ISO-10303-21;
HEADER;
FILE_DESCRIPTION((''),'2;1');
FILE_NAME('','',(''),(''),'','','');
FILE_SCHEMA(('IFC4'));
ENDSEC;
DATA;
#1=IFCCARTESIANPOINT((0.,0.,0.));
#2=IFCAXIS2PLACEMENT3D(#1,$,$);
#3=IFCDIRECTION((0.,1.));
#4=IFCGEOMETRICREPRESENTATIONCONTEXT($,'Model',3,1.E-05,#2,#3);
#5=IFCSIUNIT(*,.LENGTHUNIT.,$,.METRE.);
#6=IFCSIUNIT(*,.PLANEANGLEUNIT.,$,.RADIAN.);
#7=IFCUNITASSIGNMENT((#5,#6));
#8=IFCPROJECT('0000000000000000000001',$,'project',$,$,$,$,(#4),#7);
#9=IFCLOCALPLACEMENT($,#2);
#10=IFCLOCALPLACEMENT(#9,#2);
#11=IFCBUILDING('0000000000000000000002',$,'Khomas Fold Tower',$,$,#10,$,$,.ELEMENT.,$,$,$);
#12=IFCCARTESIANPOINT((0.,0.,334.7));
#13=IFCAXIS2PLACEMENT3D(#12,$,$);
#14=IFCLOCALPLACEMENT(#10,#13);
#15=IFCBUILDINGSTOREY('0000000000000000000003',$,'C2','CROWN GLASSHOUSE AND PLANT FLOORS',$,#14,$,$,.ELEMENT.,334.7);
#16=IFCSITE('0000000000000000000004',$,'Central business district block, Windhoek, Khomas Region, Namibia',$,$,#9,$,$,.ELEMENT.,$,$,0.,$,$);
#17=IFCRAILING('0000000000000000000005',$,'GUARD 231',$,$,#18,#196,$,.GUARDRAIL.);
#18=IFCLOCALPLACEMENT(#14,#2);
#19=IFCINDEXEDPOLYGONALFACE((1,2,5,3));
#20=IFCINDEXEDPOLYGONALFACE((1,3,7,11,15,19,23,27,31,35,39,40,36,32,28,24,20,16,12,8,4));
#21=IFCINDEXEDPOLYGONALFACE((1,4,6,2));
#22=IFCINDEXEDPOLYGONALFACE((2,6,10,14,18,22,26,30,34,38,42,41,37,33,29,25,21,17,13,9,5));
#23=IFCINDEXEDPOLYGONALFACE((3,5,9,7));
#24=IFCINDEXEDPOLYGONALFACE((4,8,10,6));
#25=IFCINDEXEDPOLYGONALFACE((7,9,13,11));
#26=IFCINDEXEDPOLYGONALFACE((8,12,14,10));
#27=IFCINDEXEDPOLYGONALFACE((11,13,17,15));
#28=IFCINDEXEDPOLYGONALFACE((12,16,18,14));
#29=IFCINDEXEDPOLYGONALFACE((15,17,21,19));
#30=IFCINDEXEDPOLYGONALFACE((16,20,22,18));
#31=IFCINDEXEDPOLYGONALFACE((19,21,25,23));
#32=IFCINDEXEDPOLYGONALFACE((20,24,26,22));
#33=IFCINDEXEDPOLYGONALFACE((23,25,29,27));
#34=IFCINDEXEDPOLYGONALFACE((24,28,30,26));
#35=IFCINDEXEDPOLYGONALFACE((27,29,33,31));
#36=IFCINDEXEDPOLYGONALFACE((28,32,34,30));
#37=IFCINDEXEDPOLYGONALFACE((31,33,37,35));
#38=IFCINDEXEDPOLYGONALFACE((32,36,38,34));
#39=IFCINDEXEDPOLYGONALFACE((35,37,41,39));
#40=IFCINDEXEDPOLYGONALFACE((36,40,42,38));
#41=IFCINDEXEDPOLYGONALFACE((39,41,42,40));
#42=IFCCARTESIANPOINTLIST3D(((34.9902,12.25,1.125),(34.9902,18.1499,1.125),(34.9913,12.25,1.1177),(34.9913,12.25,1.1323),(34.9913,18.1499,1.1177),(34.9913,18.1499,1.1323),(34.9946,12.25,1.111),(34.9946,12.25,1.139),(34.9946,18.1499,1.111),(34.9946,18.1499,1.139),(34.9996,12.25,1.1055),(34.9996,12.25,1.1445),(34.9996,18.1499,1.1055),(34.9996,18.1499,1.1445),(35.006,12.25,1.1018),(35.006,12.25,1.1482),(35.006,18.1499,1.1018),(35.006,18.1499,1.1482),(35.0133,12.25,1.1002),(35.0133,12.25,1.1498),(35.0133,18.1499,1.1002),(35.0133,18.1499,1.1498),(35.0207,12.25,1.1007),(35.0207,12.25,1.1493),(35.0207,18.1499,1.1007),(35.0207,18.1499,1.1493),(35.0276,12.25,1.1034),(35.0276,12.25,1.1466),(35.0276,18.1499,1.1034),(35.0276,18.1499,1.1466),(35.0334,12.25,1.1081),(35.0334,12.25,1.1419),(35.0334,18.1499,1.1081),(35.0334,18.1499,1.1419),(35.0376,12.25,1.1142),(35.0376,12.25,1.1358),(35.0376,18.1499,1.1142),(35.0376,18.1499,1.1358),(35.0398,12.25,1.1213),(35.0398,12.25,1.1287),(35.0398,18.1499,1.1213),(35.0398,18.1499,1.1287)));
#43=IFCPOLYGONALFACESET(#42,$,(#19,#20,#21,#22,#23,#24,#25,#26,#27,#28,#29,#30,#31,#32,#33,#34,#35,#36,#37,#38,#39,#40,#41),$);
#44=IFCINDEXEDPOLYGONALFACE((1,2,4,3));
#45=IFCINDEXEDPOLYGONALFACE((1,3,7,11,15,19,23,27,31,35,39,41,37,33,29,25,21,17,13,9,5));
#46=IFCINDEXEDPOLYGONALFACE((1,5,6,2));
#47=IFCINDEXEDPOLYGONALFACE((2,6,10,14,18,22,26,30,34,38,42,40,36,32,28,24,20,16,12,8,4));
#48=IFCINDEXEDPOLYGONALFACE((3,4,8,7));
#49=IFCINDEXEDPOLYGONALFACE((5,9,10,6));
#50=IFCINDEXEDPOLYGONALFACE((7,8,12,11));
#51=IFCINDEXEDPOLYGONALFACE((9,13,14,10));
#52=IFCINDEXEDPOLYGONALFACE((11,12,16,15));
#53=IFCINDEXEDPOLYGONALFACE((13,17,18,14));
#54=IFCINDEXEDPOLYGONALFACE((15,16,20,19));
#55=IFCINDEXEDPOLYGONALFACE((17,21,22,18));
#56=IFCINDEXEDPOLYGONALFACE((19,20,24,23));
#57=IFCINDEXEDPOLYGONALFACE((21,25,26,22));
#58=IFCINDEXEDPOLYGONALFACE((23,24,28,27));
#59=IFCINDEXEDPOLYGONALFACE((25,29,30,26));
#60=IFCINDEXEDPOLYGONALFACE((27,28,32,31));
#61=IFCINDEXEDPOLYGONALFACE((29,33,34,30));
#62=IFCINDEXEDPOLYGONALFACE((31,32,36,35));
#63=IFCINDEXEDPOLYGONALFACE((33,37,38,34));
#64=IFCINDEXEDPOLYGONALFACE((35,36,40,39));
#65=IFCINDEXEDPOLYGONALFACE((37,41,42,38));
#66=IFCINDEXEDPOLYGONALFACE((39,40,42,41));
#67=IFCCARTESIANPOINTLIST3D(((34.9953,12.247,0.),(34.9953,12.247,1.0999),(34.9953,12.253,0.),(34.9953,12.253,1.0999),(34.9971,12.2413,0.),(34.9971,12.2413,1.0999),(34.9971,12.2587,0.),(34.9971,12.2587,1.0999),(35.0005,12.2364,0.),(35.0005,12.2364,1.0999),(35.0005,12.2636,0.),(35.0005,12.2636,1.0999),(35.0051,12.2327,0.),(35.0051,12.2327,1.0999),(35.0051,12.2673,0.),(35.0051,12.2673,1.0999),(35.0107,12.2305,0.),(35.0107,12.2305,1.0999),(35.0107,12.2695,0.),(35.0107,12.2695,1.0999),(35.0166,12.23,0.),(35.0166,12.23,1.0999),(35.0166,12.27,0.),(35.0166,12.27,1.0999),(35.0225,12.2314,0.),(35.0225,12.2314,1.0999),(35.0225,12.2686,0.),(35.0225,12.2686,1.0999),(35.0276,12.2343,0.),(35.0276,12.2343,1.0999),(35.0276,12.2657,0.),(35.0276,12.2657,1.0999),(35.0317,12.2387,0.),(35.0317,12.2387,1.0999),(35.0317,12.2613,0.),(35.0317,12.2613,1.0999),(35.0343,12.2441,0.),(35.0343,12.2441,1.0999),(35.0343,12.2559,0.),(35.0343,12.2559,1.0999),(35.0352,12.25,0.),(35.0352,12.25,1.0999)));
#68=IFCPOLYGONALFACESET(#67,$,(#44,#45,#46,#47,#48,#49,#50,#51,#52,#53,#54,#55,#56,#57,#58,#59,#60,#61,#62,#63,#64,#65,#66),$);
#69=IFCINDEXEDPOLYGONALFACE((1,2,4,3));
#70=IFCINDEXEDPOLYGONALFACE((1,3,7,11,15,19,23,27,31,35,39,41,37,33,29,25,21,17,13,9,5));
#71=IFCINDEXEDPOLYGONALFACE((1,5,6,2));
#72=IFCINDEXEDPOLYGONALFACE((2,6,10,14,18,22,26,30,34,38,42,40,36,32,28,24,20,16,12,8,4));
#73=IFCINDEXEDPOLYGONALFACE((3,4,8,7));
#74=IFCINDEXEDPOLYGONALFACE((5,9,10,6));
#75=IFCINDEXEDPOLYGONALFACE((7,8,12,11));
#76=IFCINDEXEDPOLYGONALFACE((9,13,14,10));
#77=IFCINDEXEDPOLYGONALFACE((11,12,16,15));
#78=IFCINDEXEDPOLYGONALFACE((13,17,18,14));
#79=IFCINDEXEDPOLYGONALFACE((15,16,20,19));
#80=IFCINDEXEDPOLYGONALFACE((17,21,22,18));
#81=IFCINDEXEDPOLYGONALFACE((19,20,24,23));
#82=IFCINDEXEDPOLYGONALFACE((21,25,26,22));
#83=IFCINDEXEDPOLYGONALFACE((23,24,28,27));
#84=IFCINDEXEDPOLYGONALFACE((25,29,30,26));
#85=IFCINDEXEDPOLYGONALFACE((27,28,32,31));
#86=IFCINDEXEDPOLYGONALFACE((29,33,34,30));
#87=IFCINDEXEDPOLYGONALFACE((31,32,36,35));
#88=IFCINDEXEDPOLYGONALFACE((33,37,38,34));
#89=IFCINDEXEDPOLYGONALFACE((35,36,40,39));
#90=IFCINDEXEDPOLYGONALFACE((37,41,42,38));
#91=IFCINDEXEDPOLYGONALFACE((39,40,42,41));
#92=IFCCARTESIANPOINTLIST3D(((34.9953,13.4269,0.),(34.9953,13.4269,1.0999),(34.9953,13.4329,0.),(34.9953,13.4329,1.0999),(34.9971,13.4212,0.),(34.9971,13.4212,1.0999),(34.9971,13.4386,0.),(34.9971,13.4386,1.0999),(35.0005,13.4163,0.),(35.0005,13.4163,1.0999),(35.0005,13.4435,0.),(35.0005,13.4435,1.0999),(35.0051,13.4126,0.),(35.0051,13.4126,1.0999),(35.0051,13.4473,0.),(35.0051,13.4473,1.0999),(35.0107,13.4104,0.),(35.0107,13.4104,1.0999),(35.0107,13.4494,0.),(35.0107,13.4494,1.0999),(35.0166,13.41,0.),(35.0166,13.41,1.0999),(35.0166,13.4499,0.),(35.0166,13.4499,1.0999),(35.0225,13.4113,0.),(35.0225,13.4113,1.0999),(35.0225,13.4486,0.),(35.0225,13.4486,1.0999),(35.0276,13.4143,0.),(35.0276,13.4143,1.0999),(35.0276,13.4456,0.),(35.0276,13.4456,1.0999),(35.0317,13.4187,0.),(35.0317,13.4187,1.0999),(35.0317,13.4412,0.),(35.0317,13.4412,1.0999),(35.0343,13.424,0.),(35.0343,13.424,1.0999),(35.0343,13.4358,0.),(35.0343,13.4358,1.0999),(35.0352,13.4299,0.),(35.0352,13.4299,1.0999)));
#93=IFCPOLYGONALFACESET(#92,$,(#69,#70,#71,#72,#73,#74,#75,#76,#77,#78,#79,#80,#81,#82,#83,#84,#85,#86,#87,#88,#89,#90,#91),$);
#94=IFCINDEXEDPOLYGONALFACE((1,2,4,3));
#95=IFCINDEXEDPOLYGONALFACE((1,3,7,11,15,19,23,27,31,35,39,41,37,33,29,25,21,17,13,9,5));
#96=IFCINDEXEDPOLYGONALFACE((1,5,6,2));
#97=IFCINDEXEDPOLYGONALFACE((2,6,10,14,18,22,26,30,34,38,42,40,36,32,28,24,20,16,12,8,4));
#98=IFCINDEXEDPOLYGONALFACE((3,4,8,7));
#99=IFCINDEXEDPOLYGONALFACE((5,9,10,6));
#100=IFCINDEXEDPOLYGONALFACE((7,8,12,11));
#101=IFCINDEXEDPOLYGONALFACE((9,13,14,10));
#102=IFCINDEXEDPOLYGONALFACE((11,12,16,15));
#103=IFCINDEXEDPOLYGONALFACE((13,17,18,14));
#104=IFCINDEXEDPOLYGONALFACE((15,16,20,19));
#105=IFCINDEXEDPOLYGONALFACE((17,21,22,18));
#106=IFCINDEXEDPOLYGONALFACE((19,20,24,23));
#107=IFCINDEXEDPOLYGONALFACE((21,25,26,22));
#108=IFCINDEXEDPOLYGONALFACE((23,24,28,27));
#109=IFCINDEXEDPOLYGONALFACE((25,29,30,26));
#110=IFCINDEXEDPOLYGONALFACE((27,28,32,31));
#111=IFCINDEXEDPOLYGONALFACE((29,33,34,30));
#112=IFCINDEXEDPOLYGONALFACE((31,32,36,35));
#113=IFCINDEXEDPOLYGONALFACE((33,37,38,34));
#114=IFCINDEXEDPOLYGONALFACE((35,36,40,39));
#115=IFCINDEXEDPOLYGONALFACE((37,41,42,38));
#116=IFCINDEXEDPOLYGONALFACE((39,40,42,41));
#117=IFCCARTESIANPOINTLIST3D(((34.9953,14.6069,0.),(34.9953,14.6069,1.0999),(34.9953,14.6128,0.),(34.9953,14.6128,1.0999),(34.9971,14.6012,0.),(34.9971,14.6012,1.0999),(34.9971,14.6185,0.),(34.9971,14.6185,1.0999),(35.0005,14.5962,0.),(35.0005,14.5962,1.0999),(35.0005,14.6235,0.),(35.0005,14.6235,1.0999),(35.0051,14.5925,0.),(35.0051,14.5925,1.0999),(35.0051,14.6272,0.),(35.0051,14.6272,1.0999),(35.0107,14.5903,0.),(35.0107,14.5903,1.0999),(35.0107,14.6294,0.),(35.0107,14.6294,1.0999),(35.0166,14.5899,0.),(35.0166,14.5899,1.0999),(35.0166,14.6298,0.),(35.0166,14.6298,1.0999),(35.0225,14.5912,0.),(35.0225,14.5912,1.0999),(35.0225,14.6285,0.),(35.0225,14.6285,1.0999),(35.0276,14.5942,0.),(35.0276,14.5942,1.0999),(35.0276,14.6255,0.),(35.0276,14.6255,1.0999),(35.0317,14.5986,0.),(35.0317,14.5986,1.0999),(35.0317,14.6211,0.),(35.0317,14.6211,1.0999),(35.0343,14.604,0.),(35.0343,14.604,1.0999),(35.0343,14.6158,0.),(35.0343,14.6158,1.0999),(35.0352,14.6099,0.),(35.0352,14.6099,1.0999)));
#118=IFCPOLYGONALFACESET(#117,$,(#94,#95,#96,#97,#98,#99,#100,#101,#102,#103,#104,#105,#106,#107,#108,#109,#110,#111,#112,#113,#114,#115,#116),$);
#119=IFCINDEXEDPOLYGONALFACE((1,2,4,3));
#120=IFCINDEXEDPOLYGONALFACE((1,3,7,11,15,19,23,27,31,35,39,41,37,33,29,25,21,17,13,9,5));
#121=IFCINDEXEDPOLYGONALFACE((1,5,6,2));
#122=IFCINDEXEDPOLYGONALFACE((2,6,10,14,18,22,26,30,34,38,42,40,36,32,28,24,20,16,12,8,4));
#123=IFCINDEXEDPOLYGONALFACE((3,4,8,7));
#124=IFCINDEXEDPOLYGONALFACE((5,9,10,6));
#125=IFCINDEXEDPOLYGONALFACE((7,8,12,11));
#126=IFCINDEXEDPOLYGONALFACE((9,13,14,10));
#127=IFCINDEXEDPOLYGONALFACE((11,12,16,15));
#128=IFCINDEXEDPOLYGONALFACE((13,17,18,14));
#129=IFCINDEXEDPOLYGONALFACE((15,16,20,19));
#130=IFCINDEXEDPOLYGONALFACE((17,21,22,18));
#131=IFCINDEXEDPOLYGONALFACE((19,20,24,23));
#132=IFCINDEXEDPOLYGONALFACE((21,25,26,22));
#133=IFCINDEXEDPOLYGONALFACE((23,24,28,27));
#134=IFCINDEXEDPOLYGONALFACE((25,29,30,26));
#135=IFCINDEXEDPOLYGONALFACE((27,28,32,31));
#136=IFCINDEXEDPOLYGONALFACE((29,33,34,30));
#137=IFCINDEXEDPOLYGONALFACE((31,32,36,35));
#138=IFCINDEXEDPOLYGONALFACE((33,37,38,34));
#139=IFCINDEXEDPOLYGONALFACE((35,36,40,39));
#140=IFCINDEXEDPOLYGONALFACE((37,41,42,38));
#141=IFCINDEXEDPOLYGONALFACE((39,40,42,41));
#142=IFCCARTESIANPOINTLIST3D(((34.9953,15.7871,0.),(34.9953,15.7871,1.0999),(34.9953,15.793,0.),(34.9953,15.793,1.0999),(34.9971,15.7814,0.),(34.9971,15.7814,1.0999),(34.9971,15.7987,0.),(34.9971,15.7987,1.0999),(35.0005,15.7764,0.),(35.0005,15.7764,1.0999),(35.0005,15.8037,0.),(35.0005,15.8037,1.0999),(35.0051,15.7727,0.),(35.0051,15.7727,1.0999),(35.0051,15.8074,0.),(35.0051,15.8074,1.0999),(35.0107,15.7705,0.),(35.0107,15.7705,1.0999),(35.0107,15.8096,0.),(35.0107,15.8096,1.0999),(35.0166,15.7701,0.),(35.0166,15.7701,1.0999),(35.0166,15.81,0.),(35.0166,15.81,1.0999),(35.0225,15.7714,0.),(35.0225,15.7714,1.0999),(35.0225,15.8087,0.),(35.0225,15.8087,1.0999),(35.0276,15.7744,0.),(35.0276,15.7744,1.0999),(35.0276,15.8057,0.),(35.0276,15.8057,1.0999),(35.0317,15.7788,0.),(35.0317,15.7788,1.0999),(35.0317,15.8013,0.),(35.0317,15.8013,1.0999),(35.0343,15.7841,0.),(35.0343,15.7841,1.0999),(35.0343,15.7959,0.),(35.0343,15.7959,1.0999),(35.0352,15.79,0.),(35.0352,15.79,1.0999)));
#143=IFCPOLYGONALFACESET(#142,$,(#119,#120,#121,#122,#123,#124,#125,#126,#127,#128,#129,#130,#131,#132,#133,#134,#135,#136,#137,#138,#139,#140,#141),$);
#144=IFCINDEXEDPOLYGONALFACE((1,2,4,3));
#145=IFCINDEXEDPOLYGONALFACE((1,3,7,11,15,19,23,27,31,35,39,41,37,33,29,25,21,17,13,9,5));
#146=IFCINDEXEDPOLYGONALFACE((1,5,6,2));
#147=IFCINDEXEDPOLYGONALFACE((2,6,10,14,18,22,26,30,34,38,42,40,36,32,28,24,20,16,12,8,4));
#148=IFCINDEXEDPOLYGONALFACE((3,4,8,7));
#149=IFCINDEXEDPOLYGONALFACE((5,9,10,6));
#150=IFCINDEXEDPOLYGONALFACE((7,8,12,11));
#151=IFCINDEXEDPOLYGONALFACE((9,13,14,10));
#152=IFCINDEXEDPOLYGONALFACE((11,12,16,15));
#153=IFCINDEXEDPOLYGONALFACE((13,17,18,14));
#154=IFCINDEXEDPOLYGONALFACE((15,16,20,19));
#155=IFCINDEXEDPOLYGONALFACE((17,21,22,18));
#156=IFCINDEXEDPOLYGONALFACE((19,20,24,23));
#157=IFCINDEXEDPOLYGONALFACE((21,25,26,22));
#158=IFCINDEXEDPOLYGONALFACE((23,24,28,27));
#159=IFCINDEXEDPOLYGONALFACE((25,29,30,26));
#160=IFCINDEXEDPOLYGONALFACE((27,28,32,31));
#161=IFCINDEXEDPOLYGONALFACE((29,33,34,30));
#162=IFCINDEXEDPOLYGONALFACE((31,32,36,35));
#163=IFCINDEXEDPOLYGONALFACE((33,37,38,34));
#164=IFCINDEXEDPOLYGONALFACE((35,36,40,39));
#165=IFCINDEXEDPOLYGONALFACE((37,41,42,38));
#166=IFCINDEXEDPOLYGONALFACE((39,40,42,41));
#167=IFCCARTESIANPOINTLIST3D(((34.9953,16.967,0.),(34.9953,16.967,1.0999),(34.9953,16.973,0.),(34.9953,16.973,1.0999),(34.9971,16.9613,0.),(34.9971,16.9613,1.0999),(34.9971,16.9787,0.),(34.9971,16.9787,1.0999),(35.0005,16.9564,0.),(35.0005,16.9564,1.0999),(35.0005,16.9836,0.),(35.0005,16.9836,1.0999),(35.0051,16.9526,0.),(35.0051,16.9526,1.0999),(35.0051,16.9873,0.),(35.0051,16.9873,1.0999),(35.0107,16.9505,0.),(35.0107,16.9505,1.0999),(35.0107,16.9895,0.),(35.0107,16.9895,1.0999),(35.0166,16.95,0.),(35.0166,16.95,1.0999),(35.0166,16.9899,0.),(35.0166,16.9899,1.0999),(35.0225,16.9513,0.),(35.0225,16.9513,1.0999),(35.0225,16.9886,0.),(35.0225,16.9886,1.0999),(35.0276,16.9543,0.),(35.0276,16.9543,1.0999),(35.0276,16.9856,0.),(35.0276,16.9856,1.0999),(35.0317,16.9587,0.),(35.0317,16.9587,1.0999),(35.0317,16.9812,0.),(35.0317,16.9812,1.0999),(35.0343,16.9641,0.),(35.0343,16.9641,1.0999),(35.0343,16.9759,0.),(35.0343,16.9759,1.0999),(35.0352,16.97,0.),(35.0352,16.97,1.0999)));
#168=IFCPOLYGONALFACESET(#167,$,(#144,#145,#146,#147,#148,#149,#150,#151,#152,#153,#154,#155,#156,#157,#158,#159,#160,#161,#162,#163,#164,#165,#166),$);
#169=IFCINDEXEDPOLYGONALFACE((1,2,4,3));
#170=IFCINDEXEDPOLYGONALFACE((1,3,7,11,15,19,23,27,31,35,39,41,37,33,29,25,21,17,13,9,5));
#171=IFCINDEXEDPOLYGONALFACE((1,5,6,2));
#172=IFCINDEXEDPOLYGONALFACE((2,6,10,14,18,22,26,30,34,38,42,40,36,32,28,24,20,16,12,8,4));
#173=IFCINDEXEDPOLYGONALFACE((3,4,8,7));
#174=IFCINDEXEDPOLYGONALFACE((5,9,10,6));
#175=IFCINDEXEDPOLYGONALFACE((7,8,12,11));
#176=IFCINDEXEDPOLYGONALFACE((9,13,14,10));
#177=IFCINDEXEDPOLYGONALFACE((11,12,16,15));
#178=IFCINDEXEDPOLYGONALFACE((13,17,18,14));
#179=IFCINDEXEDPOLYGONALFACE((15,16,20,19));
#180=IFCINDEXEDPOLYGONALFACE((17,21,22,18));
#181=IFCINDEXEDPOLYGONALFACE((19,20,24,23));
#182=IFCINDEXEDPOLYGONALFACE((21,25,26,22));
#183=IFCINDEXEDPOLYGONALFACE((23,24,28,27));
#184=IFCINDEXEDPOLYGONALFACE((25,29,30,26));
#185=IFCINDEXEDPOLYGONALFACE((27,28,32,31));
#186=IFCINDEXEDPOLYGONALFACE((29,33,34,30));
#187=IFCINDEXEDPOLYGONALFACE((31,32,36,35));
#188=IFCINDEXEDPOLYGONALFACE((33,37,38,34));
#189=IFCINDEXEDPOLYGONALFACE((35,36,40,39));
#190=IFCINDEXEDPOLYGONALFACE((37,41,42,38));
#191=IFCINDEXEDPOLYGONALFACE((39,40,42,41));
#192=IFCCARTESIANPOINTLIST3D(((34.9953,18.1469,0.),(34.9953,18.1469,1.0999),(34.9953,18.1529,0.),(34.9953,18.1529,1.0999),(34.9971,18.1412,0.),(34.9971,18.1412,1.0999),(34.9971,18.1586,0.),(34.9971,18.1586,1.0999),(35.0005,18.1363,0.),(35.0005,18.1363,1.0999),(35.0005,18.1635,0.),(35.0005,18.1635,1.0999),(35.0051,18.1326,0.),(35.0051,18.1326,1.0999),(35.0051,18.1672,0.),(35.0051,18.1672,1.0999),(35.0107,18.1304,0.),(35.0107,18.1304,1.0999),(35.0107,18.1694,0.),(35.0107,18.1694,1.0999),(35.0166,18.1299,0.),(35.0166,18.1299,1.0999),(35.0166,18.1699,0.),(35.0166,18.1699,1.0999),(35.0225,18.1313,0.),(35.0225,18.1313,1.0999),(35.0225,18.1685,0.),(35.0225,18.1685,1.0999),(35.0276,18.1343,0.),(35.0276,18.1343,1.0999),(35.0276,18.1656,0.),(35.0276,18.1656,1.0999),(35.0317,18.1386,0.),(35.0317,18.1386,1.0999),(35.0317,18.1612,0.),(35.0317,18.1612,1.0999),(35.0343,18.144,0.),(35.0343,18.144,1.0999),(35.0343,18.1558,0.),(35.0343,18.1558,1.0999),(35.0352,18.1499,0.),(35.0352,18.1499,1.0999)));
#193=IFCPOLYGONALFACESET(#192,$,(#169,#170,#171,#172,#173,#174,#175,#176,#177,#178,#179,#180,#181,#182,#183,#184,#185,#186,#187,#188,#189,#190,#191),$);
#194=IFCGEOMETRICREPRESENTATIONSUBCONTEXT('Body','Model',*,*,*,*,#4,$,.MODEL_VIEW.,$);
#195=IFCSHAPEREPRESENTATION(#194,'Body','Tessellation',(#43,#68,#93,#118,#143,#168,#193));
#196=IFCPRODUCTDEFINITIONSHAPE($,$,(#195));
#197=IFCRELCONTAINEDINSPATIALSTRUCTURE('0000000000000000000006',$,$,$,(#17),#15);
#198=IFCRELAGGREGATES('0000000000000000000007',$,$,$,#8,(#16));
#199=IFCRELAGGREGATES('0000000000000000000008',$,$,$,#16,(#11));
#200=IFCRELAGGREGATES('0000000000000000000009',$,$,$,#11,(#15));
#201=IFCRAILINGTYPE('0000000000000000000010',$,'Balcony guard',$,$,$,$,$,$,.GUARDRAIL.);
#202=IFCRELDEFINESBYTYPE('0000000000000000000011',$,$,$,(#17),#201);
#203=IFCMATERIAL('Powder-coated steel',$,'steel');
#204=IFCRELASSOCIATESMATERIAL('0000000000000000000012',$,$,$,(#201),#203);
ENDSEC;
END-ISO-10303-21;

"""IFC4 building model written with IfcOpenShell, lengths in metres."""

from ifc_helpers import new_model, si_unit, direction, frame, origin, origin_2d, place, context, subcontext, project, spatial, circle, extrude, source, transform, mapped, material, type_object, element, save


model = new_model("IFC4")

# Units and contexts
model_context = context("Model", 3, precision=1e-05, world=origin(), true_north=direction((0.0, 1.0)))
body_context = subcontext(model_context, "Body", "Model", "MODEL_VIEW")
ifc_project = project(units=[si_unit("LENGTHUNIT", "METRE"), si_unit("PLANEANGLEUNIT", "RADIAN")], contexts=[model_context])

# Site, building, storey
site_placement = place(None, origin())
site = spatial("IfcSite", under=ifc_project, at=site_placement, Name="Central business district block, Windhoek, Khomas Region, Namibia", CompositionType="ELEMENT", RefElevation=0.0)
building_placement = place(site_placement, origin())
building = spatial("IfcBuilding", under=site, at=building_placement, Name="Khomas Fold Tower", CompositionType="ELEMENT")
storey_placement = place(building_placement, frame((0.0, 0.0, 334.7)))
storey = spatial("IfcBuildingStorey", under=building, at=storey_placement, Name="C2", Description="CROWN GLASSHOUSE AND PLANT FLOORS", CompositionType="ELEMENT", Elevation=334.7)

# Railing
ifc_material_1 = material(Name="Powder-coated steel", Category="steel")
railing_type = type_object("IfcRailingType", Name="Balcony guard", PredefinedType="GUARDRAIL", material=ifc_material_1)
shared_shape_1 = source(origin(), body_context, "Body", "SweptSolid", [
    extrude(circle(Radius=0.0249, at=origin_2d()), frame((0.0, 0.0, 1.125), z_axis=(0.0, 1.0, 0.0), x_axis=(-1.0, 0.0, 0.0)), (0.0, 0.0, 1.0), 5.8999),
    extrude(circle(Radius=0.02, at=origin_2d()), origin(), (0.0, 0.0, 1.0), 1.0999),
    extrude(circle(Radius=0.02, at=origin_2d()), frame((0.0, 1.1799, 0.0)), (0.0, 0.0, 1.0), 1.0999),
    extrude(circle(Radius=0.02, at=origin_2d()), frame((0.0, 2.3599, 0.0)), (0.0, 0.0, 1.0), 1.0999),
    extrude(circle(Radius=0.02, at=origin_2d()), frame((0.0, 3.54, 0.0)), (0.0, 0.0, 1.0), 1.0999),
    extrude(circle(Radius=0.02, at=origin_2d()), frame((0.0, 4.72, 0.0)), (0.0, 0.0, 1.0), 1.0999),
    extrude(circle(Radius=0.02, at=origin_2d()), frame((0.0, 5.8999, 0.0)), (0.0, 0.0, 1.0), 1.0999),
])
for number, where, name in (
    (1, (35.0151, 12.25, 0.0), "GUARD 231"),
):
    element("IfcRailing", number, at=place(storey_placement, frame(where)), inside=storey, type_object=railing_type, Name=name, PredefinedType="GUARDRAIL", context=body_context, shape_type="MappedRepresentation", body=[
        mapped(shared_shape_1, transform((0.0, 0.0, 0.0))),
    ])

save(model, "model.ifc")
